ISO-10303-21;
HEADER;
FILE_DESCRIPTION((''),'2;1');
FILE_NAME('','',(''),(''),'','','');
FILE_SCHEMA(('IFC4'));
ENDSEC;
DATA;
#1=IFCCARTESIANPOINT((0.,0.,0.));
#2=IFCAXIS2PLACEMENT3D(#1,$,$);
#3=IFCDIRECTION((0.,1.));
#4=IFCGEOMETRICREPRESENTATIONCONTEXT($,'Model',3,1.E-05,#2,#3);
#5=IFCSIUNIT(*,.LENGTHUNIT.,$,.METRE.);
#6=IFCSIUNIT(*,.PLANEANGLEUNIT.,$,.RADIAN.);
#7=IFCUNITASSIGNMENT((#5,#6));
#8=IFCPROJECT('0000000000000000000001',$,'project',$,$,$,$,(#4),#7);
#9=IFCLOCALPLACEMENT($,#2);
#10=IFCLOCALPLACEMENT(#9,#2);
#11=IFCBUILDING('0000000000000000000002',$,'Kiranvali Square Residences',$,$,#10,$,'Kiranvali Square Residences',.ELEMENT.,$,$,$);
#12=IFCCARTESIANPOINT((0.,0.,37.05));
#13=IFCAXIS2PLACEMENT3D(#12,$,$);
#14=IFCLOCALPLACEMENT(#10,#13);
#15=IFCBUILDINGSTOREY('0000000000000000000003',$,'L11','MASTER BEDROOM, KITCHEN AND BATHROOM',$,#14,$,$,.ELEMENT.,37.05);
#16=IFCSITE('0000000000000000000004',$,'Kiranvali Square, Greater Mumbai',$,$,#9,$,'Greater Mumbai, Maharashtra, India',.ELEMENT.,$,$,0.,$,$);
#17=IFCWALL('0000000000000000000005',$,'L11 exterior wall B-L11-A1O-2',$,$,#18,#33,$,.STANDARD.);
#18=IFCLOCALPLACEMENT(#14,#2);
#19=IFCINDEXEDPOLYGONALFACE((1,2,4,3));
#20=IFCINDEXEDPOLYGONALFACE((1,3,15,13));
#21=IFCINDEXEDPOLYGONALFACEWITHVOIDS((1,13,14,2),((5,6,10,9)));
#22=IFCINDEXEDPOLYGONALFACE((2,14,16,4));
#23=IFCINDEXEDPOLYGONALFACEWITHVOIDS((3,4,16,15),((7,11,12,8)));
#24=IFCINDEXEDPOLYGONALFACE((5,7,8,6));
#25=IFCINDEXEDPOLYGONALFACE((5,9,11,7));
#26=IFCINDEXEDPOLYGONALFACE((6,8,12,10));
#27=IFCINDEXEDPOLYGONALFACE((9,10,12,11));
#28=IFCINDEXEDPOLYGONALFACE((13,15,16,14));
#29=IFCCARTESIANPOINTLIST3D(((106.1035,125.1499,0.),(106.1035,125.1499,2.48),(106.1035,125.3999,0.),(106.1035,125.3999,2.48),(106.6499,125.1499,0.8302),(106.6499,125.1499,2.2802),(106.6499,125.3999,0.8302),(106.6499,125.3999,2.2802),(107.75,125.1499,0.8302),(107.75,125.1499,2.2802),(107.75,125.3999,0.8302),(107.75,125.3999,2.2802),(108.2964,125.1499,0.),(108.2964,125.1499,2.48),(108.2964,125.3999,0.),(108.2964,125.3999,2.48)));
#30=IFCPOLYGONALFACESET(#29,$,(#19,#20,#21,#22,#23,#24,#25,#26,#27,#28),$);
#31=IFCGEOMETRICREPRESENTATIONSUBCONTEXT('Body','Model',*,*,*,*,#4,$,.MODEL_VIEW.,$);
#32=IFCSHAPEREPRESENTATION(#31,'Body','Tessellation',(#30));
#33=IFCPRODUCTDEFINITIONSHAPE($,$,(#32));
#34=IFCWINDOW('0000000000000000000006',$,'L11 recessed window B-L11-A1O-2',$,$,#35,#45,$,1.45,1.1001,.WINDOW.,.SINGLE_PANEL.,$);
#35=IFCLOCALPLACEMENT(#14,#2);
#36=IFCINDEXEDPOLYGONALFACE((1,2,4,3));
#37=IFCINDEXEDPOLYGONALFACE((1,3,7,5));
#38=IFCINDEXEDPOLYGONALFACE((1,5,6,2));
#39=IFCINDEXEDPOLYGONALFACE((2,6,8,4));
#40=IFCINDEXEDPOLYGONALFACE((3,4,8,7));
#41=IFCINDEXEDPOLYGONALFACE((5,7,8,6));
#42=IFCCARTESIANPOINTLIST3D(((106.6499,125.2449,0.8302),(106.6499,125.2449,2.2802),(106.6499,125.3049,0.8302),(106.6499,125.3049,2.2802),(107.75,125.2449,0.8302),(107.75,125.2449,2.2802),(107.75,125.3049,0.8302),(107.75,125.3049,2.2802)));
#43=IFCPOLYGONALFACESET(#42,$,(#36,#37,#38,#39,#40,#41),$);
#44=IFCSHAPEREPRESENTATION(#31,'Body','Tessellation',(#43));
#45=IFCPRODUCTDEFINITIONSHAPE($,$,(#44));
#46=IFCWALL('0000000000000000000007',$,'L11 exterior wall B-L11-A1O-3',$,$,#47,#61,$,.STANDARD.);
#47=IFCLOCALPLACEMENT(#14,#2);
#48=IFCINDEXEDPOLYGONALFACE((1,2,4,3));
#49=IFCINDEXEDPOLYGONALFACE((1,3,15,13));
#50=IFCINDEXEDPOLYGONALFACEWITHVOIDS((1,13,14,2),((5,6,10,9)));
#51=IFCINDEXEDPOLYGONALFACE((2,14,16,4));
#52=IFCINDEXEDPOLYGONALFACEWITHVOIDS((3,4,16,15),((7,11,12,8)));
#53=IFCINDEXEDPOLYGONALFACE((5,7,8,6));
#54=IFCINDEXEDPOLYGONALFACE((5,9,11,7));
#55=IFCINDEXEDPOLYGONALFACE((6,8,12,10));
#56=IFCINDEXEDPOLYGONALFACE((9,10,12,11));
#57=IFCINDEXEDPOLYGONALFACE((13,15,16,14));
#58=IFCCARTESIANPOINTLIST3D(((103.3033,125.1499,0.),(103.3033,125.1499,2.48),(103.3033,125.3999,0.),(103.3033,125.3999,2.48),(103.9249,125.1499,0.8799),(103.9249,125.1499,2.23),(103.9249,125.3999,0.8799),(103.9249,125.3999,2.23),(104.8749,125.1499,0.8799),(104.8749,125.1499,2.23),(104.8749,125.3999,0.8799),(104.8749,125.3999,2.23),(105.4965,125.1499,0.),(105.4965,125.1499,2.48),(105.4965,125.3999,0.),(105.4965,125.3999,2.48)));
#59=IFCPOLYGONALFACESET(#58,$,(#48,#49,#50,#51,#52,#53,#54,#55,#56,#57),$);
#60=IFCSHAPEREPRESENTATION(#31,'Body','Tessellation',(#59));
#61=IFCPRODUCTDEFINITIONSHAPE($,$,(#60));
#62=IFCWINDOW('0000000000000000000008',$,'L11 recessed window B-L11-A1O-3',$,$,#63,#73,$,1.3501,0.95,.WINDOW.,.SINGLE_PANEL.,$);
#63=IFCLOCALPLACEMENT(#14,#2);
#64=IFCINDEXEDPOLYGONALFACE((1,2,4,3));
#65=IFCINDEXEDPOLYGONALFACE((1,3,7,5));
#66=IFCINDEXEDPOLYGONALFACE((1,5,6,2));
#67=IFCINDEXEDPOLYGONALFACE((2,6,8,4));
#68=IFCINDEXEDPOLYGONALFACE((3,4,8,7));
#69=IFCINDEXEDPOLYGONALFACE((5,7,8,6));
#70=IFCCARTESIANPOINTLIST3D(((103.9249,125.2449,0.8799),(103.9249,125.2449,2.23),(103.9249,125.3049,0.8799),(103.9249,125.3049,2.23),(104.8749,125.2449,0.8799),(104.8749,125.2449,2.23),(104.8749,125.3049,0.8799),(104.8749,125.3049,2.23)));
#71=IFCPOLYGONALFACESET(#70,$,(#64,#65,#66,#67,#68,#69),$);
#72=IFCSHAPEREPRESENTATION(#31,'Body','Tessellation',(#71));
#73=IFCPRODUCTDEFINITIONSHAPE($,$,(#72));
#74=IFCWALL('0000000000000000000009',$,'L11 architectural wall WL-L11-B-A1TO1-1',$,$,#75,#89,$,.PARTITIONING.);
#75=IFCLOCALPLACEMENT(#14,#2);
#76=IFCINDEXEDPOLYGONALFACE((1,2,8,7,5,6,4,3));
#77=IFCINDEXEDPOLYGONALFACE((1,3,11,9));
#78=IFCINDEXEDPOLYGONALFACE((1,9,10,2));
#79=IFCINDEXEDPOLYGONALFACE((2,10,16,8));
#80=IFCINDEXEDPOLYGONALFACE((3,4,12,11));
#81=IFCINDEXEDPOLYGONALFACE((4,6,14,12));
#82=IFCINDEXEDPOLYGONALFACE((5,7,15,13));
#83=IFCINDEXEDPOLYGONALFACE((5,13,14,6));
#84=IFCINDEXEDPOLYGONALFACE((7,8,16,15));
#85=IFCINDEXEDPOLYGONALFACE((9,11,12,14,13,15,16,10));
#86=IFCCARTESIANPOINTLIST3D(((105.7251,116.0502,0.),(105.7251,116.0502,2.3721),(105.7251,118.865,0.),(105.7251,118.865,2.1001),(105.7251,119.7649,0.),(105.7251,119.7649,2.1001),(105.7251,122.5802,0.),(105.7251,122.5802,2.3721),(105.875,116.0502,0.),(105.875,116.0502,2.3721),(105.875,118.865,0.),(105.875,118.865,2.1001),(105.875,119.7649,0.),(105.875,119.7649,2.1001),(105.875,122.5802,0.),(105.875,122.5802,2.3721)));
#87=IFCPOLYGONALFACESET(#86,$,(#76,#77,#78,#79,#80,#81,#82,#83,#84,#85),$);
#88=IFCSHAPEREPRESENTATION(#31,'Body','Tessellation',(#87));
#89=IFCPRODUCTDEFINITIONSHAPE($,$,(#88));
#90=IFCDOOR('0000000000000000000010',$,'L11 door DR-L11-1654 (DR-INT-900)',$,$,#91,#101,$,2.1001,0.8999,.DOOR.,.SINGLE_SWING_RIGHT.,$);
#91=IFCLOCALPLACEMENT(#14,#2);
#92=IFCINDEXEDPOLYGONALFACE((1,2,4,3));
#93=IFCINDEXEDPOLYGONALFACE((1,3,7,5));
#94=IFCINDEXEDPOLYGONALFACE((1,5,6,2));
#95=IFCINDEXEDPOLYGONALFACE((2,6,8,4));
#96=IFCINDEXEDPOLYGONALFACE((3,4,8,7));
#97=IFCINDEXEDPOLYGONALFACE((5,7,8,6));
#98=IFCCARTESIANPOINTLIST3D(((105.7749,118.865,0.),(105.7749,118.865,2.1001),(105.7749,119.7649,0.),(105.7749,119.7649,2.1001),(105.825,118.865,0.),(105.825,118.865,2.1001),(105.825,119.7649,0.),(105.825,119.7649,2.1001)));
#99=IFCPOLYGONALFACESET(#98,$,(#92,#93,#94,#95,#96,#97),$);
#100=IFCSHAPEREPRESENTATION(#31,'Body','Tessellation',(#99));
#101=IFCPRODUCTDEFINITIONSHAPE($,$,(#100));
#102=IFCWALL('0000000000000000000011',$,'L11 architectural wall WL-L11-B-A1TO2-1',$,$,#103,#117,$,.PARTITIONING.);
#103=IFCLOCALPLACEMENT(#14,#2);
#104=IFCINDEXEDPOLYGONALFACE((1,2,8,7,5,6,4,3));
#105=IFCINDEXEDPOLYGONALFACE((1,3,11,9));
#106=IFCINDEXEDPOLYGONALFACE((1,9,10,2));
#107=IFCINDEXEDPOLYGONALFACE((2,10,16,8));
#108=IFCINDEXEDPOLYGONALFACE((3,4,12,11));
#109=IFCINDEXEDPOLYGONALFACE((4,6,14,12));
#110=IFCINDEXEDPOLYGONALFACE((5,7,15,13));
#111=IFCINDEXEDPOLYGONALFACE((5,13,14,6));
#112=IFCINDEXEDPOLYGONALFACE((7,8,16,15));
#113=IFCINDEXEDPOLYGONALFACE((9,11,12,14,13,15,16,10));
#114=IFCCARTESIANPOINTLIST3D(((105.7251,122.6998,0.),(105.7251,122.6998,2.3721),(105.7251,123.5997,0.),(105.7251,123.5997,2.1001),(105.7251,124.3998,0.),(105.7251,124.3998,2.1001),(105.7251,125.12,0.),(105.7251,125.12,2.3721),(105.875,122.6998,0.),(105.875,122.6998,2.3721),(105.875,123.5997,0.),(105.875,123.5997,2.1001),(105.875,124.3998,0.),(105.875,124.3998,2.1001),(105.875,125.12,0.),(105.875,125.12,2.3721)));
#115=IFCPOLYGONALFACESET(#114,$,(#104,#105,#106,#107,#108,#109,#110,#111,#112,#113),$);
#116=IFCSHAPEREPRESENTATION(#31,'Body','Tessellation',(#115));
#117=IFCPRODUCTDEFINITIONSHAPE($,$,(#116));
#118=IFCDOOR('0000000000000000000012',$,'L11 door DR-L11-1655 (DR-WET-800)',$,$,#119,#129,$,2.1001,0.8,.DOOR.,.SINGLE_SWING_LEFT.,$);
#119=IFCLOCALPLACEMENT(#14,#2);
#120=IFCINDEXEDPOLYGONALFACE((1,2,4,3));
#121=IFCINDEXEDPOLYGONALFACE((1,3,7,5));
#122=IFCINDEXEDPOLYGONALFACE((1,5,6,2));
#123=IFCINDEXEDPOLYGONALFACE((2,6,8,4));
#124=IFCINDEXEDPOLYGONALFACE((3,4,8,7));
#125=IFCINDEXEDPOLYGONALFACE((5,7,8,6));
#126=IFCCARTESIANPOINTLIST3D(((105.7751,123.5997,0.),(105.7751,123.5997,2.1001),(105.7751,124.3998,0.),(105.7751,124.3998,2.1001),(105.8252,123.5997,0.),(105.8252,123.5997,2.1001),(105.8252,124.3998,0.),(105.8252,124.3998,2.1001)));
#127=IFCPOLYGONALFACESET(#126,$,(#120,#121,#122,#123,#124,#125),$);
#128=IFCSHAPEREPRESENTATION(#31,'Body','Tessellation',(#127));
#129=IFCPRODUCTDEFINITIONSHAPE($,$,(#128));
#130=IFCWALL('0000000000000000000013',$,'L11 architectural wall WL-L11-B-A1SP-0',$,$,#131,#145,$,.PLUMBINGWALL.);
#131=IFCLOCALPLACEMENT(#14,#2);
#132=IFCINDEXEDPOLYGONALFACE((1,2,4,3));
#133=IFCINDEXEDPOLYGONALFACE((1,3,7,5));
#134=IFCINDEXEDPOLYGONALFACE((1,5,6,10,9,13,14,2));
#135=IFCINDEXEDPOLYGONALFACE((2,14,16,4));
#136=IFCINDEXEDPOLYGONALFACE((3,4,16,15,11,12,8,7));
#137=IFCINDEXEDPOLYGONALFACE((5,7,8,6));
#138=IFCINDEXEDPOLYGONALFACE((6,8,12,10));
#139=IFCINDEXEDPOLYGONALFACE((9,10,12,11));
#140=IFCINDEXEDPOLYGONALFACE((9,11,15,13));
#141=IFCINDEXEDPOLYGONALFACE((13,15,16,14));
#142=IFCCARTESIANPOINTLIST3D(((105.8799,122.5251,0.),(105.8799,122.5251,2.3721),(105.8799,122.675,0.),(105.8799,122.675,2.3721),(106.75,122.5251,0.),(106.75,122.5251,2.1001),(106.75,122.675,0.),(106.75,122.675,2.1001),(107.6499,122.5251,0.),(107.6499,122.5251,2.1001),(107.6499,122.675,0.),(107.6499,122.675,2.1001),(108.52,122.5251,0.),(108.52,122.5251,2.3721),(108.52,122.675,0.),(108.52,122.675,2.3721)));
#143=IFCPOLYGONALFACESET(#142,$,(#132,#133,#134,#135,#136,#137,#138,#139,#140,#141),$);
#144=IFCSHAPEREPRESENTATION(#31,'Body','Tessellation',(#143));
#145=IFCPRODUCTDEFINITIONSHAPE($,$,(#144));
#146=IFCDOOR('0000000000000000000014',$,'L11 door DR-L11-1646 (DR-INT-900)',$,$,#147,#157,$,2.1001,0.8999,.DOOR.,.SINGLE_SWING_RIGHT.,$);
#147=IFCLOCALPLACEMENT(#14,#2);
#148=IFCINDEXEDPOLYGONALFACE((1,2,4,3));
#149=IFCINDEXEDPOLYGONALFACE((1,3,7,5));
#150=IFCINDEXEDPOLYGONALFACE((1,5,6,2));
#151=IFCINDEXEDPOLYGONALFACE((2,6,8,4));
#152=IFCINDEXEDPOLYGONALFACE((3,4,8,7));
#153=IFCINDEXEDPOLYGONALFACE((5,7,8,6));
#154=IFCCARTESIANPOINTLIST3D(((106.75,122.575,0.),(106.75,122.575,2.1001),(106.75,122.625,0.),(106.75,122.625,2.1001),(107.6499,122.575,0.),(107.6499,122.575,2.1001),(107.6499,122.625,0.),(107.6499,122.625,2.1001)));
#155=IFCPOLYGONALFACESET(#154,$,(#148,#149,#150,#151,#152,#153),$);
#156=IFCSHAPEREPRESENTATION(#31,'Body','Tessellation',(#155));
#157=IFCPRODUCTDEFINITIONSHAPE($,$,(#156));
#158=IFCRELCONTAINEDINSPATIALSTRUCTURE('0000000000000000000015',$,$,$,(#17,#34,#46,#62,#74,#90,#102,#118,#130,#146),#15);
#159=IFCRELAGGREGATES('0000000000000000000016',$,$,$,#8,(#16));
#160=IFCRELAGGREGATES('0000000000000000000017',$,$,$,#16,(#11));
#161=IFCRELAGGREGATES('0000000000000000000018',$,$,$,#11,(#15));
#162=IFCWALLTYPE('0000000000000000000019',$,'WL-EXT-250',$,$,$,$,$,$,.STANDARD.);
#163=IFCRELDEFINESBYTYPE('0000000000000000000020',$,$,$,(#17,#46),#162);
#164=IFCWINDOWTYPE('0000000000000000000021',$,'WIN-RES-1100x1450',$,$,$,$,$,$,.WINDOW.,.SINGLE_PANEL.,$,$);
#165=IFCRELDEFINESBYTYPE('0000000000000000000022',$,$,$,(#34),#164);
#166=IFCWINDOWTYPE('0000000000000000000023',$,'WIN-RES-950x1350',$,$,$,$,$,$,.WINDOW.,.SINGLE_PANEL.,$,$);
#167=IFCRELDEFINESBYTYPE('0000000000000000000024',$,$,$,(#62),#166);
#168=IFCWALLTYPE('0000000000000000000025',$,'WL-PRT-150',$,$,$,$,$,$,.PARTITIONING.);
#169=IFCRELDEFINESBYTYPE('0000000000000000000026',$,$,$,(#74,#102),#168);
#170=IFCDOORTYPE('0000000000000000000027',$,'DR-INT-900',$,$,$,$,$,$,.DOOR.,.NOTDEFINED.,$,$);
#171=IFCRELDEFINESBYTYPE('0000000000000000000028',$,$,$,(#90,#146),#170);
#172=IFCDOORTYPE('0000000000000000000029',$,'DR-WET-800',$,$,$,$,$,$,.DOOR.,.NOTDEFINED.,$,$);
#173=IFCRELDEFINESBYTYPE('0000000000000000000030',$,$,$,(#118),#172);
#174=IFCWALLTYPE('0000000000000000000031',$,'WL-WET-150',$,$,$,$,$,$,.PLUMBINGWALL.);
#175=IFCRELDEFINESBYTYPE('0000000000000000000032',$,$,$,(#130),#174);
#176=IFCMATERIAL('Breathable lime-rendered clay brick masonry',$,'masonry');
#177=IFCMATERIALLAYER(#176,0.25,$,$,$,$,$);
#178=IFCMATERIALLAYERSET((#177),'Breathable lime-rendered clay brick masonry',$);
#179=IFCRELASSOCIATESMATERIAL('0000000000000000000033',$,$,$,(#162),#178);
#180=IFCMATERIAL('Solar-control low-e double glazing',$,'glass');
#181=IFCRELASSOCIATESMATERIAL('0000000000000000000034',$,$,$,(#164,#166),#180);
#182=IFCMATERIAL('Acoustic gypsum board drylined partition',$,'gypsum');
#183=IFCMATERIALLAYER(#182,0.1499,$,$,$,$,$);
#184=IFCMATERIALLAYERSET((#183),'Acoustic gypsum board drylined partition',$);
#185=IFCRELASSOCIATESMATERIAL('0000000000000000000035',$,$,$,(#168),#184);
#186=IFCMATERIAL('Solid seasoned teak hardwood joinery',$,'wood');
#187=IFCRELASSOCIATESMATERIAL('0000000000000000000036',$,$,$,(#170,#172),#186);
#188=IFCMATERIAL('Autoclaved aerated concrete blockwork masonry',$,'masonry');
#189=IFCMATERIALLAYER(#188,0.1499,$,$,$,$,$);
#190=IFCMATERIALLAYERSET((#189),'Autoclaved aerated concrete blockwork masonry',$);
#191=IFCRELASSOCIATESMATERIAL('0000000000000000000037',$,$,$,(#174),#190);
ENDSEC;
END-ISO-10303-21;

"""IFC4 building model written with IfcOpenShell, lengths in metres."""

from ifc_helpers import new_model, si_unit, direction, frame, frame_2d, origin, place, context, subcontext, project, spatial, rectangle, extrude, material, layer, layer_set, type_object, element, fill, save


model = new_model("IFC4")

# Units and contexts
model_context = context("Model", 3, precision=1e-05, world=origin(), true_north=direction((0.0, 1.0)))
body_context = subcontext(model_context, "Body", "Model", "MODEL_VIEW")
ifc_project = project(units=[si_unit("LENGTHUNIT", "METRE"), si_unit("PLANEANGLEUNIT", "RADIAN")], contexts=[model_context])

# Site, building, storey
site_placement = place(None, origin())
site = spatial("IfcSite", under=ifc_project, at=site_placement, Name="Kiranvali Square, Greater Mumbai", LongName="Greater Mumbai, Maharashtra, India", CompositionType="ELEMENT", RefElevation=0.0)
building_placement = place(site_placement, origin())
building = spatial("IfcBuilding", under=site, at=building_placement, Name="Kiranvali Square Residences", LongName="Kiranvali Square Residences", CompositionType="ELEMENT")
storey_placement = place(building_placement, frame((0.0, 0.0, 37.05)))
storey = spatial("IfcBuildingStorey", under=building, at=storey_placement, Name="L11", Description="MASTER BEDROOM, KITCHEN AND BATHROOM", CompositionType="ELEMENT", Elevation=37.05)

# Shared definitions
ifc_material_1 = material(Name="Autoclaved aerated concrete blockwork masonry", Category="masonry")

# Walls, openings, windows
ifc_material_2 = material(Name="Breathable lime-rendered clay brick masonry", Category="masonry")
ifc_layer_1 = layer(ifc_material_2, 0.25)
ifc_layer_set_1 = layer_set([ifc_layer_1], Name="Breathable lime-rendered clay brick masonry")
wall_type_1 = type_object("IfcWallType", Name="WL-EXT-250", PredefinedType="STANDARD", material=ifc_layer_set_1)
wall_1_placement = place(storey_placement, frame((108.2964, 125.2749, 0.0), z_axis=(0.0, 0.0, 1.0), x_axis=(-1.0, 0.0, 0.0)))
wall_1 = element("IfcWall", 1, at=wall_1_placement, inside=storey, type_object=wall_type_1, Name="L11 exterior wall B-L11-A1O-2", PredefinedType="STANDARD", context=body_context, shape_type="SweptSolid", body=[
    extrude(rectangle(XDim=2.1929, YDim=0.25, at=frame_2d((1.0964, 0.0))), origin(), (0.0, 0.0, 1.0), 2.48),
])
opening_1_placement = place(wall_1_placement, frame((0.5464, 0.0, 0.8301)))
opening_1 = element("IfcOpeningElement", 2, at=opening_1_placement, cuts=wall_1, PredefinedType="OPENING", context=body_context, shape_type="SweptSolid", body=[
    extrude(rectangle(XDim=1.1001, YDim=1.45, at=frame_2d((0.55, 0.7251))), frame((0.0, 0.135, 0.0), z_axis=(0.0, -1.0, 0.0), x_axis=(1.0, 0.0, 0.0)), (0.0, 0.0, 1.0), 0.27),
])
ifc_material_3 = material(Name="Solar-control low-e double glazing", Category="glass")
window_type_1 = type_object("IfcWindowType", Name="WIN-RES-1100x1450", PartitioningType="SINGLE_PANEL", PredefinedType="WINDOW", material=ifc_material_3)
window_1_placement = place(opening_1_placement, origin())
window_1 = element("IfcWindow", 3, at=window_1_placement, inside=storey, type_object=window_type_1, Name="L11 recessed window B-L11-A1O-2", OverallHeight=1.45, OverallWidth=1.1001, PartitioningType="SINGLE_PANEL", PredefinedType="WINDOW", context=body_context, shape_type="SweptSolid", body=[
    extrude(rectangle(XDim=1.1001, YDim=1.45, at=frame_2d((0.55, 0.7251))), frame((0.0, 0.03, 0.0), z_axis=(0.0, -1.0, 0.0), x_axis=(1.0, 0.0, 0.0)), (0.0, 0.0, 1.0), 0.0601),
])
fill(opening_1, window_1)
wall_2_placement = place(storey_placement, frame((105.4966, 125.2749, 0.0), z_axis=(0.0, 0.0, 1.0), x_axis=(-1.0, 0.0, 0.0)))
wall_2 = element("IfcWall", 4, at=wall_2_placement, inside=storey, type_object=wall_type_1, Name="L11 exterior wall B-L11-A1O-3", PredefinedType="STANDARD", context=body_context, shape_type="SweptSolid", body=[
    extrude(rectangle(XDim=2.1931, YDim=0.25, at=frame_2d((1.0967, 0.0))), origin(), (0.0, 0.0, 1.0), 2.48),
])
opening_2_placement = place(wall_2_placement, frame((0.6216, 0.0, 0.8799)))
opening_2 = element("IfcOpeningElement", 5, at=opening_2_placement, cuts=wall_2, PredefinedType="OPENING", context=body_context, shape_type="SweptSolid", body=[
    extrude(rectangle(XDim=0.95, YDim=1.3501, at=frame_2d((0.4751, 0.675))), frame((0.0, 0.135, 0.0), z_axis=(0.0, -1.0, 0.0), x_axis=(1.0, 0.0, 0.0)), (0.0, 0.0, 1.0), 0.27),
])
window_type_2 = type_object("IfcWindowType", Name="WIN-RES-950x1350", PartitioningType="SINGLE_PANEL", PredefinedType="WINDOW", material=ifc_material_3)
window_2_placement = place(opening_2_placement, origin())
window_2 = element("IfcWindow", 6, at=window_2_placement, inside=storey, type_object=window_type_2, Name="L11 recessed window B-L11-A1O-3", OverallHeight=1.3501, OverallWidth=0.95, PartitioningType="SINGLE_PANEL", PredefinedType="WINDOW", context=body_context, shape_type="SweptSolid", body=[
    extrude(rectangle(XDim=0.95, YDim=1.3501, at=frame_2d((0.4751, 0.675))), frame((0.0, 0.03, 0.0), z_axis=(0.0, -1.0, 0.0), x_axis=(1.0, 0.0, 0.0)), (0.0, 0.0, 1.0), 0.0601),
])
fill(opening_2, window_2)

# Walls, openings, doors
ifc_material_4 = material(Name="Acoustic gypsum board drylined partition", Category="gypsum")
ifc_layer_2 = layer(ifc_material_4, 0.1499)
ifc_layer_set_2 = layer_set([ifc_layer_2], Name="Acoustic gypsum board drylined partition")
wall_type_2 = type_object("IfcWallType", Name="WL-PRT-150", PredefinedType="PARTITIONING", material=ifc_layer_set_2)
wall_3_placement = place(storey_placement, frame((105.8, 116.05, 0.0), z_axis=(0.0, 0.0, 1.0), x_axis=(0.0, 1.0, 0.0)))
wall_3 = element("IfcWall", 7, at=wall_3_placement, inside=storey, type_object=wall_type_2, Name="L11 architectural wall WL-L11-B-A1TO1-1", PredefinedType="PARTITIONING", context=body_context, shape_type="SweptSolid", body=[
    extrude(rectangle(XDim=6.53, YDim=0.1499, at=frame_2d((3.2651, 0.0))), origin(), (0.0, 0.0, 1.0), 2.3721),
])
opening_3_placement = place(wall_3_placement, frame((2.8149, 0.0, 0.0)))
opening_3 = element("IfcOpeningElement", 8, at=opening_3_placement, cuts=wall_3, PredefinedType="OPENING", context=body_context, shape_type="SweptSolid", body=[
    extrude(rectangle(XDim=0.8999, YDim=2.1001, at=frame_2d((0.45, 1.05))), frame((0.0, 0.085, 0.0), z_axis=(0.0, -1.0, 0.0), x_axis=(1.0, 0.0, 0.0)), (0.0, 0.0, 1.0), 0.1699),
])
ifc_material_5 = material(Name="Solid seasoned teak hardwood joinery", Category="wood")
door_type_1 = type_object("IfcDoorType", Name="DR-INT-900", OperationType="NOTDEFINED", PredefinedType="DOOR", material=ifc_material_5)
door_1_placement = place(opening_3_placement, frame((0.8999, 0.0, 0.0), z_axis=(0.0, 0.0, 1.0), x_axis=(-1.0, 0.0, 0.0)))
door_1 = element("IfcDoor", 9, at=door_1_placement, inside=storey, type_object=door_type_1, Name="L11 door DR-L11-1654 (DR-INT-900)", OperationType="SINGLE_SWING_RIGHT", OverallHeight=2.1001, OverallWidth=0.8999, PredefinedType="DOOR", context=body_context, shape_type="SweptSolid", body=[
    extrude(rectangle(XDim=0.8999, YDim=2.1001, at=frame_2d((0.45, 1.05))), frame((0.0, 0.0249, 0.0), z_axis=(0.0, -1.0, 0.0), x_axis=(1.0, 0.0, 0.0)), (0.0, 0.0, 1.0), 0.05),
])
fill(opening_3, door_1)
wall_4_placement = place(storey_placement, frame((105.8, 122.7, 0.0), z_axis=(0.0, 0.0, 1.0), x_axis=(0.0, 1.0, 0.0)))
wall_4 = element("IfcWall", 10, at=wall_4_placement, inside=storey, type_object=wall_type_2, Name="L11 architectural wall WL-L11-B-A1TO2-1", PredefinedType="PARTITIONING", context=body_context, shape_type="SweptSolid", body=[
    extrude(rectangle(XDim=2.4202, YDim=0.1499, at=frame_2d((1.21, 0.0))), origin(), (0.0, 0.0, 1.0), 2.3721),
])
opening_4_placement = place(wall_4_placement, frame((0.8999, 0.0, 0.0)))
opening_4 = element("IfcOpeningElement", 11, at=opening_4_placement, cuts=wall_4, PredefinedType="OPENING", context=body_context, shape_type="SweptSolid", body=[
    extrude(rectangle(XDim=0.8, YDim=2.1001, at=frame_2d((0.3999, 1.05))), frame((0.0, 0.085, 0.0), z_axis=(0.0, -1.0, 0.0), x_axis=(1.0, 0.0, 0.0)), (0.0, 0.0, 1.0), 0.1699),
])
door_type_2 = type_object("IfcDoorType", Name="DR-WET-800", OperationType="NOTDEFINED", PredefinedType="DOOR", material=ifc_material_5)
door_2_placement = place(opening_4_placement, origin())
door_2 = element("IfcDoor", 12, at=door_2_placement, inside=storey, type_object=door_type_2, Name="L11 door DR-L11-1655 (DR-WET-800)", OperationType="SINGLE_SWING_LEFT", OverallHeight=2.1001, OverallWidth=0.8, PredefinedType="DOOR", context=body_context, shape_type="SweptSolid", body=[
    extrude(rectangle(XDim=0.8, YDim=2.1001, at=frame_2d((0.3999, 1.05))), frame((0.0, 0.0249, 0.0), z_axis=(0.0, -1.0, 0.0), x_axis=(1.0, 0.0, 0.0)), (0.0, 0.0, 1.0), 0.05),
])
fill(opening_4, door_2)
ifc_layer_3 = layer(ifc_material_1, 0.1499)
ifc_layer_set_3 = layer_set([ifc_layer_3], Name="Autoclaved aerated concrete blockwork masonry")
wall_type_3 = type_object("IfcWallType", Name="WL-WET-150", PredefinedType="PLUMBINGWALL", material=ifc_layer_set_3)
wall_5_placement = place(storey_placement, frame((108.52, 122.6001, 0.0), z_axis=(0.0, 0.0, 1.0), x_axis=(-1.0, 0.0, 0.0)))
wall_5 = element("IfcWall", 13, at=wall_5_placement, inside=storey, type_object=wall_type_3, Name="L11 architectural wall WL-L11-B-A1SP-0", PredefinedType="PLUMBINGWALL", context=body_context, shape_type="SweptSolid", body=[
    extrude(rectangle(XDim=2.6401, YDim=0.1499, at=frame_2d((1.3201, 0.0))), origin(), (0.0, 0.0, 1.0), 2.3721),
])
opening_5_placement = place(wall_5_placement, frame((0.8701, 0.0, 0.0)))
opening_5 = element("IfcOpeningElement", 14, at=opening_5_placement, cuts=wall_5, PredefinedType="OPENING", context=body_context, shape_type="SweptSolid", body=[
    extrude(rectangle(XDim=0.8999, YDim=2.1001, at=frame_2d((0.45, 1.05))), frame((0.0, 0.085, 0.0), z_axis=(0.0, -1.0, 0.0), x_axis=(1.0, 0.0, 0.0)), (0.0, 0.0, 1.0), 0.1699),
])
door_3_placement = place(opening_5_placement, frame((0.8999, 0.0, 0.0), z_axis=(0.0, 0.0, 1.0), x_axis=(-1.0, 0.0, 0.0)))
door_3 = element("IfcDoor", 15, at=door_3_placement, inside=storey, type_object=door_type_1, Name="L11 door DR-L11-1646 (DR-INT-900)", OperationType="SINGLE_SWING_RIGHT", OverallHeight=2.1001, OverallWidth=0.8999, PredefinedType="DOOR", context=body_context, shape_type="SweptSolid", body=[
    extrude(rectangle(XDim=0.8999, YDim=2.1001, at=frame_2d((0.45, 1.05))), frame((0.0, 0.0249, 0.0), z_axis=(0.0, -1.0, 0.0), x_axis=(1.0, 0.0, 0.0)), (0.0, 0.0, 1.0), 0.05),
])
fill(opening_5, door_3)

save(model, "model.ifc")
